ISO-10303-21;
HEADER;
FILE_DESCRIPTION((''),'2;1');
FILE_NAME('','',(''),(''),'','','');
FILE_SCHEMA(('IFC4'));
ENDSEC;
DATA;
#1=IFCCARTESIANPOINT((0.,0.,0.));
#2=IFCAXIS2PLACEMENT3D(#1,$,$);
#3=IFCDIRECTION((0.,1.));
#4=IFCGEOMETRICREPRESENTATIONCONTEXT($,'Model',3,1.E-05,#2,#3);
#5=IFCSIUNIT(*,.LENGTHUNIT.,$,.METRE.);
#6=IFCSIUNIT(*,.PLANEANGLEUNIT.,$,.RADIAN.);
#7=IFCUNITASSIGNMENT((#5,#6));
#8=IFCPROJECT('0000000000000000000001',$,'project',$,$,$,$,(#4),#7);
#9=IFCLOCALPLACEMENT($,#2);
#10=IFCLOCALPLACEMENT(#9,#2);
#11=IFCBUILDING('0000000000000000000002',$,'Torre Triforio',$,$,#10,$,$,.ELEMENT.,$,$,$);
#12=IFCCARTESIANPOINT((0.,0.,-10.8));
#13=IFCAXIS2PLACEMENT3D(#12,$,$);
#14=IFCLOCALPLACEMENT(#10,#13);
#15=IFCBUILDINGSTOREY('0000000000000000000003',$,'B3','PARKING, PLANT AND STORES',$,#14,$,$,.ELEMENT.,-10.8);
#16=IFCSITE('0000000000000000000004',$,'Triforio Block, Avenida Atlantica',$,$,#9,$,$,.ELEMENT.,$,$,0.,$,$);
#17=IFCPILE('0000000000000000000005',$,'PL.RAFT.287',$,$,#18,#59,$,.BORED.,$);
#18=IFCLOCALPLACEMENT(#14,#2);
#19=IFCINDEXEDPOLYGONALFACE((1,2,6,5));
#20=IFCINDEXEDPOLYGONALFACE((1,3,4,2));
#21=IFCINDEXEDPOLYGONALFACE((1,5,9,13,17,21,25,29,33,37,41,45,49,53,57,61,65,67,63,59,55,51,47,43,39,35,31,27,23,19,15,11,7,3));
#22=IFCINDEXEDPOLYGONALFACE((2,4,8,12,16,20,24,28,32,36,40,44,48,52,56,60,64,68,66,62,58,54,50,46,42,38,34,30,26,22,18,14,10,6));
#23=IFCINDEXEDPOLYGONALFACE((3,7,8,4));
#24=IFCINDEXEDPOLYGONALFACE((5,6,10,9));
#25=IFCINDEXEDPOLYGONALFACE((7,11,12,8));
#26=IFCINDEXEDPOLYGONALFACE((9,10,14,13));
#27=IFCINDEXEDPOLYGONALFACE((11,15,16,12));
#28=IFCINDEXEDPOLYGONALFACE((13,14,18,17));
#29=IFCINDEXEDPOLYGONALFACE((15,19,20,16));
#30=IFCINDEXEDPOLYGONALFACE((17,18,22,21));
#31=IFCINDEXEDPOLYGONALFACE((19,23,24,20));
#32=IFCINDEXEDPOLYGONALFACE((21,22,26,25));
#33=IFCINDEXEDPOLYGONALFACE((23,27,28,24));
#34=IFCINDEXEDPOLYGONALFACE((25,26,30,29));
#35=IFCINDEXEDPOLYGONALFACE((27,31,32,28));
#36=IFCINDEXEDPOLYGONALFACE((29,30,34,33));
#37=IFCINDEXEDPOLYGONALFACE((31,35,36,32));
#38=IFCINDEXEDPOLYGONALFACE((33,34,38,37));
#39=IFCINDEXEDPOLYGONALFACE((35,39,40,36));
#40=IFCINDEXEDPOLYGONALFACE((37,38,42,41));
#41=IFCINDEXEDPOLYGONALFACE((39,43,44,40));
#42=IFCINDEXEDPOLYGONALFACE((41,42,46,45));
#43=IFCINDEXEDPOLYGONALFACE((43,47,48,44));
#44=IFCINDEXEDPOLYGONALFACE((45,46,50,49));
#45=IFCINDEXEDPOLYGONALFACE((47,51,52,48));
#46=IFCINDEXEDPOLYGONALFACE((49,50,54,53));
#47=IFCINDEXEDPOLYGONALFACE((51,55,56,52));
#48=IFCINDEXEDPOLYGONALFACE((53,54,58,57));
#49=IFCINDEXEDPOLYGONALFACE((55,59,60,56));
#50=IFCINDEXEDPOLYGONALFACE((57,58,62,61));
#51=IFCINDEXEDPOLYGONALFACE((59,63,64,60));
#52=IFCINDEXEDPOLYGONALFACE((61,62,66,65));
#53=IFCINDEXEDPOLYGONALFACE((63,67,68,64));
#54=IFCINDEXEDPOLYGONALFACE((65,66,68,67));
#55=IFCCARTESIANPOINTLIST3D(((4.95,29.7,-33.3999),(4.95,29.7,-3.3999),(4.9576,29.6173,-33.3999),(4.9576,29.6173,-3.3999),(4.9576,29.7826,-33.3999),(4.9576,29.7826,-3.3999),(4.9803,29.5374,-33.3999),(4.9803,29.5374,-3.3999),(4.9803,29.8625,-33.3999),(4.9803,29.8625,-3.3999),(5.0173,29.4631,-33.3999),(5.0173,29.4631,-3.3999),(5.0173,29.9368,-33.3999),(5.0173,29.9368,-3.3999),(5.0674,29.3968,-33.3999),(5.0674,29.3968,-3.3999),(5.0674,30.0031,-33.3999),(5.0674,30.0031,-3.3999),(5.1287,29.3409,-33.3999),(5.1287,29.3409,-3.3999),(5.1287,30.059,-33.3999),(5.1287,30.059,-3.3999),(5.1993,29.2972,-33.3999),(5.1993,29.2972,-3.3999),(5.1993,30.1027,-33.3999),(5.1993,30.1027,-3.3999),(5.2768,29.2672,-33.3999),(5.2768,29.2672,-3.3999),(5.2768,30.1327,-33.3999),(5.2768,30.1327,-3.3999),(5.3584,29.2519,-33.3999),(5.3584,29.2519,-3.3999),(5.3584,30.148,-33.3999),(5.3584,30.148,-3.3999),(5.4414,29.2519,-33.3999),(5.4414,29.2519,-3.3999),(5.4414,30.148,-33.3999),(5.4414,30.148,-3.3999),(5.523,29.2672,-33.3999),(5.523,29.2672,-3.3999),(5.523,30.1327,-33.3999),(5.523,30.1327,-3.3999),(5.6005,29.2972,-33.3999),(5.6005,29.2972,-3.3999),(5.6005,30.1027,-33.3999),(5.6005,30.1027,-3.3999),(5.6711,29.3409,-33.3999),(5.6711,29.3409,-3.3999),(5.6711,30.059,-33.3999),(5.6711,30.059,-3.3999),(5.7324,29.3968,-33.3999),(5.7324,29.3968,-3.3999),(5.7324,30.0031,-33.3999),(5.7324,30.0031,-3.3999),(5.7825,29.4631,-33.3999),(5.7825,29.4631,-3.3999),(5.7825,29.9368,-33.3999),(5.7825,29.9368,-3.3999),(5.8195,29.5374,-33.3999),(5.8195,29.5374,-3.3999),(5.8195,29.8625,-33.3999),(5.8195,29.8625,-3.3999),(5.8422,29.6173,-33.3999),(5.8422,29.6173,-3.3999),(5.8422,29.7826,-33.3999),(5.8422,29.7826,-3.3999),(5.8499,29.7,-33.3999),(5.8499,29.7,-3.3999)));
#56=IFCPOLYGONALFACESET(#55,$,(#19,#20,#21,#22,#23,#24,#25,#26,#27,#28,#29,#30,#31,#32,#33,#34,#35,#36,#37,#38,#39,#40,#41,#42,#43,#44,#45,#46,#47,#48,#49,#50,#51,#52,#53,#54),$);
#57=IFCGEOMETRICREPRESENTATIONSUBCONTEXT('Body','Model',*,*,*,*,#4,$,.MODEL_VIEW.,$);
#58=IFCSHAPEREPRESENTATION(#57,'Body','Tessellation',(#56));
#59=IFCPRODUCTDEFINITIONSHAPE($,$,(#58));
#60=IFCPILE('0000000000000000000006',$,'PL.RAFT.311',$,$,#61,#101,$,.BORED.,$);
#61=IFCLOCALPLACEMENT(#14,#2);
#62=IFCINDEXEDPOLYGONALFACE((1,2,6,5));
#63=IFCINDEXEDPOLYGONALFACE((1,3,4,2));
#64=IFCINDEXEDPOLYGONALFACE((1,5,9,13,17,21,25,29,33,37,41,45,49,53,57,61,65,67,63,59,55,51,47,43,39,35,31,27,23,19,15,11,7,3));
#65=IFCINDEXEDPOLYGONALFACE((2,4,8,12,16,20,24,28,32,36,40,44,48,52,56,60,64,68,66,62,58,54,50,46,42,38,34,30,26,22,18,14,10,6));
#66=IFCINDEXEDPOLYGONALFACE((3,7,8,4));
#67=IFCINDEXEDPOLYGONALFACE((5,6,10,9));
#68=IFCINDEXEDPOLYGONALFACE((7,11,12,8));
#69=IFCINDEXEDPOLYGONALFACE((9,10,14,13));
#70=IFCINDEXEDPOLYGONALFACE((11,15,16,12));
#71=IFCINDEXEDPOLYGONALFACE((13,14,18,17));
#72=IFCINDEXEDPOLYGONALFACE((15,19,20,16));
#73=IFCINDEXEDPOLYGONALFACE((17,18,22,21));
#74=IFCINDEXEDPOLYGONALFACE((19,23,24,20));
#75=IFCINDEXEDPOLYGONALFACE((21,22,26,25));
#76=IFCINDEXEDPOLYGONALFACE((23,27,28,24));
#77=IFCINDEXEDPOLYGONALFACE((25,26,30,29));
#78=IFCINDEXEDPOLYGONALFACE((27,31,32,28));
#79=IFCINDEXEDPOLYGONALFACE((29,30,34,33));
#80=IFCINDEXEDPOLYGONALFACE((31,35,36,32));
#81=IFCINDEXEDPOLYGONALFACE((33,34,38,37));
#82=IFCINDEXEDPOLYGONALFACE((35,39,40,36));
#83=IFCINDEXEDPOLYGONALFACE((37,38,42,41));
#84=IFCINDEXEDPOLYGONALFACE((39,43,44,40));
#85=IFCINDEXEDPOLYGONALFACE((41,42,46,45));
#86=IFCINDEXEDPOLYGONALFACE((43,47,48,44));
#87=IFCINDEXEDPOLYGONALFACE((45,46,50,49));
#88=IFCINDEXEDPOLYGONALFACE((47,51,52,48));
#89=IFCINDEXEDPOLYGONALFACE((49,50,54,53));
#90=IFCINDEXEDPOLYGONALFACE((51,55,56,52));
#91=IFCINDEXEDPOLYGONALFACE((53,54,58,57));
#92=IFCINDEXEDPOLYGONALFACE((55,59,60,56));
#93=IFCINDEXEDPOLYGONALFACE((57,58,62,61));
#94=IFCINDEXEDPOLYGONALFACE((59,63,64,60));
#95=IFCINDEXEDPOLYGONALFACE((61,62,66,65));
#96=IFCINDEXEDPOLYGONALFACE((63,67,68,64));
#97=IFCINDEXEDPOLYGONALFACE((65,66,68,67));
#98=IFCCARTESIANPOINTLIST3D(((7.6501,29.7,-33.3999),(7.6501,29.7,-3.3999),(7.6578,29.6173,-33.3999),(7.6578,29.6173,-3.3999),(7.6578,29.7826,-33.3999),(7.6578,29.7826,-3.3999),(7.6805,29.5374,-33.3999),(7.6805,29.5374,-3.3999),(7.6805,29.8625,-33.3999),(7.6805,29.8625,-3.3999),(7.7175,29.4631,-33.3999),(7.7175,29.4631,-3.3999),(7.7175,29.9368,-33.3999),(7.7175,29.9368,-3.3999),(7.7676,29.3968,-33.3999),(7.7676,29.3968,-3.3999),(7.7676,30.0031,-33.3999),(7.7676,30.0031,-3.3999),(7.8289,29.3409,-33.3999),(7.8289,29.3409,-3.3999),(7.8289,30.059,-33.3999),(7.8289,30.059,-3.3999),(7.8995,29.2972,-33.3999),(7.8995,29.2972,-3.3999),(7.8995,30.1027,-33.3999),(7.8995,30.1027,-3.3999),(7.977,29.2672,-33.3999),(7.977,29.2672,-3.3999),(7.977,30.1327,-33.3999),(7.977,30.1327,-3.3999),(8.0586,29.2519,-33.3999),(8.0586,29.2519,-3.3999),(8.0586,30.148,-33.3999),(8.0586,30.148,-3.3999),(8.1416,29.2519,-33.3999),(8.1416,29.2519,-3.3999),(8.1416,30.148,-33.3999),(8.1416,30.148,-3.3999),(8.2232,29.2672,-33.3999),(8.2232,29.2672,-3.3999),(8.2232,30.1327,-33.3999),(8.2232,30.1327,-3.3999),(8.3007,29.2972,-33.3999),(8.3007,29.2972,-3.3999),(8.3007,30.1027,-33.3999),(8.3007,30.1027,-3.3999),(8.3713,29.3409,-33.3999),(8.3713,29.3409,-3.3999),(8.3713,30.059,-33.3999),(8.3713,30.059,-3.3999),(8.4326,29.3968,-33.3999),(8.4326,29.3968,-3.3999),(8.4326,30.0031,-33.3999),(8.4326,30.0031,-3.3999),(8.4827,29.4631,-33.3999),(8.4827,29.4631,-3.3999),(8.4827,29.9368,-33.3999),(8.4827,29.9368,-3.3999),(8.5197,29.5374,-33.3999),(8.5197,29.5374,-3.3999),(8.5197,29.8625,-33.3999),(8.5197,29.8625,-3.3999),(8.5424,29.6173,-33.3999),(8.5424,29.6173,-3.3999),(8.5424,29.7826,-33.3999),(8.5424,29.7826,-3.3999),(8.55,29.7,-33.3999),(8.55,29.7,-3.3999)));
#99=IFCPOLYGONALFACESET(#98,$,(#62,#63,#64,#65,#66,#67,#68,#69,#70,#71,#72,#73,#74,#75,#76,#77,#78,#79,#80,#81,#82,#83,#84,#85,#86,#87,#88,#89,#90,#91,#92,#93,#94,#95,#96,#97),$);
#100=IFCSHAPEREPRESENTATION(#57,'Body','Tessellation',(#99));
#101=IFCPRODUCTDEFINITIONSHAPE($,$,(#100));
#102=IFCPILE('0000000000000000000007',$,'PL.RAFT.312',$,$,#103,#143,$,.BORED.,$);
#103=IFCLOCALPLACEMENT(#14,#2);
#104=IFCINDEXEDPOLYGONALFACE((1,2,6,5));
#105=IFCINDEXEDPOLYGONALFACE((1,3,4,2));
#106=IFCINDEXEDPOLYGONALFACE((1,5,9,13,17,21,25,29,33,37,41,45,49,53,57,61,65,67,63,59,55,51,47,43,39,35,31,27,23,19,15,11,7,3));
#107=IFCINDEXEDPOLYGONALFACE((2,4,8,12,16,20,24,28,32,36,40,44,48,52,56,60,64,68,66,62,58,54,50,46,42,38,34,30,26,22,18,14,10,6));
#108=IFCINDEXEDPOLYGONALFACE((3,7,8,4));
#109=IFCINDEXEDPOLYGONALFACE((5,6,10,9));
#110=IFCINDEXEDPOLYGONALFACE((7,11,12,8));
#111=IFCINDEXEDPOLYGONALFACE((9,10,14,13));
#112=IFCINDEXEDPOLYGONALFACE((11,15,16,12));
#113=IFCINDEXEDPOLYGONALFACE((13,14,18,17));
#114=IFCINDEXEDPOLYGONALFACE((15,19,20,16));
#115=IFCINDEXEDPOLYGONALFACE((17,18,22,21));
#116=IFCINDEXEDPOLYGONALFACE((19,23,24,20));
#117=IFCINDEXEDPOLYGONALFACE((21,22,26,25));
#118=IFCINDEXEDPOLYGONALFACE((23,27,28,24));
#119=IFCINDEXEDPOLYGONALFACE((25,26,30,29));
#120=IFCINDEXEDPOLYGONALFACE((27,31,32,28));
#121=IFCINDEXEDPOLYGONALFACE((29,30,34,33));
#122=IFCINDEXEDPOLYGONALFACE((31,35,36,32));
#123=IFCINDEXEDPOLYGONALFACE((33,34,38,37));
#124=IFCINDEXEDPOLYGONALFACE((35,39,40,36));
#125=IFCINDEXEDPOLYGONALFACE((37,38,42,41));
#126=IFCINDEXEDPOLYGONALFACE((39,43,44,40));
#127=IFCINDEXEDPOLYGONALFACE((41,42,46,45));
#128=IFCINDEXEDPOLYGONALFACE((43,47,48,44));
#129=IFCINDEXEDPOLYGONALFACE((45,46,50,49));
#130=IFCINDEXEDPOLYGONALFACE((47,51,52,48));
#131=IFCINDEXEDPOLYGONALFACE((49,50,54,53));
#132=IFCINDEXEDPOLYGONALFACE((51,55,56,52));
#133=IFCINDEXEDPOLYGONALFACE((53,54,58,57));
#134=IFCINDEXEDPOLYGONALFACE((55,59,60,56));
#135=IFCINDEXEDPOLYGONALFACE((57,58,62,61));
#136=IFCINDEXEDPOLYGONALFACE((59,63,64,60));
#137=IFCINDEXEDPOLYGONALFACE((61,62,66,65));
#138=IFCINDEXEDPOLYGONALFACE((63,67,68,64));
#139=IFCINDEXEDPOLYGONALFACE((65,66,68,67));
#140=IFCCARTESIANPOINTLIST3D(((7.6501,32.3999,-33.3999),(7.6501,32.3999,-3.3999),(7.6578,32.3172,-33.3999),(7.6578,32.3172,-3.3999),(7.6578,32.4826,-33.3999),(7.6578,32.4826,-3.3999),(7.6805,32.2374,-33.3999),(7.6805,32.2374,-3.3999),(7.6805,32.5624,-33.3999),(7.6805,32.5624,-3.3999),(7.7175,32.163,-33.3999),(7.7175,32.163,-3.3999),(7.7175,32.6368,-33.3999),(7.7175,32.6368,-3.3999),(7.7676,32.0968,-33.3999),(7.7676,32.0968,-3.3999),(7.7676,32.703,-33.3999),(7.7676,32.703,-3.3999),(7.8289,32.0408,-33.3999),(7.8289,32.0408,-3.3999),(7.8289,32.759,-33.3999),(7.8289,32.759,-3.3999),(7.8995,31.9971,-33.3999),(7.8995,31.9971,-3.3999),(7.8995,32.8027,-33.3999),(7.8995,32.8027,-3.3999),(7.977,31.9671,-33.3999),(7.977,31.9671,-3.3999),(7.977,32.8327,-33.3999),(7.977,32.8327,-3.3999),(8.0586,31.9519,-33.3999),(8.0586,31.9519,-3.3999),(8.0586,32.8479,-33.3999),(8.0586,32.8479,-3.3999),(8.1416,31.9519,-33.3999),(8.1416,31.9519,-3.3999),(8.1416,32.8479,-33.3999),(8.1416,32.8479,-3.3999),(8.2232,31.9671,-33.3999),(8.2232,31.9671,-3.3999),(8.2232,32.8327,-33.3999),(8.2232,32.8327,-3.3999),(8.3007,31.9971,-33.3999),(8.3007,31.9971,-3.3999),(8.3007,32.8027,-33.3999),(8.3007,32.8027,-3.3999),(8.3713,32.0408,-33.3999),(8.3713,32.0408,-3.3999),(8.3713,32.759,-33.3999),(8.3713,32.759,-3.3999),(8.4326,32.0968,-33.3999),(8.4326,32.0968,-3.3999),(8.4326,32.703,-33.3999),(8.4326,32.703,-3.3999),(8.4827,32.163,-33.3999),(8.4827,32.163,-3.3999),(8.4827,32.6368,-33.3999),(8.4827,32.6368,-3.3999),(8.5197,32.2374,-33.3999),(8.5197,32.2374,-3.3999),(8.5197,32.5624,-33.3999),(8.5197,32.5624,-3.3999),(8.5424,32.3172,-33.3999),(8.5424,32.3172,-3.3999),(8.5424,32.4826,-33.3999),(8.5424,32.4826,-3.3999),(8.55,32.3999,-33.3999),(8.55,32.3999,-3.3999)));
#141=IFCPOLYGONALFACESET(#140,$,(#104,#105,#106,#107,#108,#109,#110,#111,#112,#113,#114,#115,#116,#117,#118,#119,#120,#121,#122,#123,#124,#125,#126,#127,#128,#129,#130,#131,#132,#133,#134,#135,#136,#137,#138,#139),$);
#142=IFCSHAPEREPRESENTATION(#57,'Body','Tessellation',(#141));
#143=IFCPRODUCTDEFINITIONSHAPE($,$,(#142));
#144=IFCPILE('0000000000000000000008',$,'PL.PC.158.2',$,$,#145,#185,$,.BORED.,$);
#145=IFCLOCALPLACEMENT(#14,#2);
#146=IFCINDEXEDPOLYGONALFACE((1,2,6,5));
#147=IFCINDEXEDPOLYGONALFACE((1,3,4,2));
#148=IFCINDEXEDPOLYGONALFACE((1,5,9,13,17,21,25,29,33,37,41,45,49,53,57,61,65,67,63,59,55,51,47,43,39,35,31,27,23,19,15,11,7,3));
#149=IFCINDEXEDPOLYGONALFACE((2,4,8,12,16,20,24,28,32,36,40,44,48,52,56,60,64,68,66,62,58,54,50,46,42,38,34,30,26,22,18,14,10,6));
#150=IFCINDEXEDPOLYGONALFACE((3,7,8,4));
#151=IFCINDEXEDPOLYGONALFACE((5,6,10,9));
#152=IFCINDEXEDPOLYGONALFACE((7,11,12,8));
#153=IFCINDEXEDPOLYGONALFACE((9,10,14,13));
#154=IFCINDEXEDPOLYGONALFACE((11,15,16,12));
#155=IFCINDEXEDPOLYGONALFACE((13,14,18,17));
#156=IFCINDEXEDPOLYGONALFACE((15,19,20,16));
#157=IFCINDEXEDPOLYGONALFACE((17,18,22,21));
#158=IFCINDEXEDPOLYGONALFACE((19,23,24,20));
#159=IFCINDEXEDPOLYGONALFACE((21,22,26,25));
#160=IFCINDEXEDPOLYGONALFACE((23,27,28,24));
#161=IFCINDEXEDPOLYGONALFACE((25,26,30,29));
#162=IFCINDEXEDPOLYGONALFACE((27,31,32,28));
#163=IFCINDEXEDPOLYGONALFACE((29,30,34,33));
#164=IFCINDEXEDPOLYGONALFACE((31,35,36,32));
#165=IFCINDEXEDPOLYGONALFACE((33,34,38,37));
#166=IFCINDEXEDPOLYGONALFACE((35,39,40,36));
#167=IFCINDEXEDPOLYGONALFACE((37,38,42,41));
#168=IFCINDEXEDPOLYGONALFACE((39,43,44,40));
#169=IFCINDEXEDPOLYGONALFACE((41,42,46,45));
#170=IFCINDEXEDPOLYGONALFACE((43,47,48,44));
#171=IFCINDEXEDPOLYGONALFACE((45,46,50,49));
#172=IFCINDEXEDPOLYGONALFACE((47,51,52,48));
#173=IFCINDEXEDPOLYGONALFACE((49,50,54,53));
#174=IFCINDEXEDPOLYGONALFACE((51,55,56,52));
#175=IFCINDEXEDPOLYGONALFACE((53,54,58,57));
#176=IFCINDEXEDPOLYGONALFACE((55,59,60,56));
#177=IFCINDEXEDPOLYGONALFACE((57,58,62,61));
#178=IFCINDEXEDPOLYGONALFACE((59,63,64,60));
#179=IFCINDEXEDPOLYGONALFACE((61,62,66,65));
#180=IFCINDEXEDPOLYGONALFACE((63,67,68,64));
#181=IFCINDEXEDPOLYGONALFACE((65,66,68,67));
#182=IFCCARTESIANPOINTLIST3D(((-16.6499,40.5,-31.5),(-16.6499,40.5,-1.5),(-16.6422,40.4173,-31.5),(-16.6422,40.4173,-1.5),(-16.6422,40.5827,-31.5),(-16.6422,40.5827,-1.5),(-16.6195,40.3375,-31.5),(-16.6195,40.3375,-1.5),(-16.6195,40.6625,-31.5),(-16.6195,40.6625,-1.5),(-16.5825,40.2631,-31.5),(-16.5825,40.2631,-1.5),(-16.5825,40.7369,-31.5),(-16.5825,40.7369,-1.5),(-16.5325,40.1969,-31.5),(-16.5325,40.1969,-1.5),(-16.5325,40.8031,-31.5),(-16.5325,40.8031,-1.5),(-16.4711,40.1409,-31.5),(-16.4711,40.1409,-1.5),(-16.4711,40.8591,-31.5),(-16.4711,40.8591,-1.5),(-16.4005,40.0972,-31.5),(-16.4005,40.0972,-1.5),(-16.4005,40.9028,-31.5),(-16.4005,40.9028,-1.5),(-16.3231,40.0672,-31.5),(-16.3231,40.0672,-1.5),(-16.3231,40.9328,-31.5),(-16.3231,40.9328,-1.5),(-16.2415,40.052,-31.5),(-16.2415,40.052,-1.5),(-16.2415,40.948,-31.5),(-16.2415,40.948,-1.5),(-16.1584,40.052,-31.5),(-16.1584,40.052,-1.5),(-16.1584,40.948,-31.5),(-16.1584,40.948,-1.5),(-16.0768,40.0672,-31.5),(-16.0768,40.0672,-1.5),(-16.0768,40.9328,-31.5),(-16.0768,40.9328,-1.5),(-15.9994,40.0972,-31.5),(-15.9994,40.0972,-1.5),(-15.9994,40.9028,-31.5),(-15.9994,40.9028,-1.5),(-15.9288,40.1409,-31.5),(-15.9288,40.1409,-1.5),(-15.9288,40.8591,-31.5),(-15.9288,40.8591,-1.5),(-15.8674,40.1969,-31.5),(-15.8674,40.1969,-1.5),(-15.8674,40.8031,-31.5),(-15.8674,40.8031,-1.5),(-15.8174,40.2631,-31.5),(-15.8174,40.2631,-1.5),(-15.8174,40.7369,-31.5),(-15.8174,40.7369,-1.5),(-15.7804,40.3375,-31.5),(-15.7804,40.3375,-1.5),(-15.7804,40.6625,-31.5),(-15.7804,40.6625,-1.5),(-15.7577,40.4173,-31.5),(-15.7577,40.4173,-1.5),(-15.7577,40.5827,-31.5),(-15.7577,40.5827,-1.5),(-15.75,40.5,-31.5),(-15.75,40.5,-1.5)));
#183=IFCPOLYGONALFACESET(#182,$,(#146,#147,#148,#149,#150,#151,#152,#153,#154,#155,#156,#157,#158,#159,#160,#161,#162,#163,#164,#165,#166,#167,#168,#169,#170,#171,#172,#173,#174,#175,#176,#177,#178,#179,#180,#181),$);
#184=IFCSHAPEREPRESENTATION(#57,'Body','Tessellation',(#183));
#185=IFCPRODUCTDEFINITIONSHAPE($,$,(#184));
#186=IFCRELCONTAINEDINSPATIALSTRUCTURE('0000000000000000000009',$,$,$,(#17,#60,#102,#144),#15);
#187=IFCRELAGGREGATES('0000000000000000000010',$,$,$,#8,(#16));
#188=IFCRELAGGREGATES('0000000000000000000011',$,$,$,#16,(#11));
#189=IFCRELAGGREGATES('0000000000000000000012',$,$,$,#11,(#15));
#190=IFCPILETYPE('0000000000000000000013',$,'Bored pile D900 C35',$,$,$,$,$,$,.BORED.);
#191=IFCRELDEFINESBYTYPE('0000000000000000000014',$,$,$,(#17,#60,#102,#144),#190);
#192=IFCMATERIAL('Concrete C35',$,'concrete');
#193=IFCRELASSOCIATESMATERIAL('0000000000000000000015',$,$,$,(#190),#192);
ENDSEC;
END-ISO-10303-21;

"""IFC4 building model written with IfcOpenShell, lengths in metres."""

from ifc_helpers import new_model, si_unit, direction, frame, origin, origin_2d, place, context, subcontext, project, spatial, circle, extrude, material, material_profile, profile_set, type_object, element, save


model = new_model("IFC4")

# Units and contexts
model_context = context("Model", 3, precision=1e-05, world=origin(), true_north=direction((0.0, 1.0)))
body_context = subcontext(model_context, "Body", "Model", "MODEL_VIEW")
ifc_project = project(units=[si_unit("LENGTHUNIT", "METRE"), si_unit("PLANEANGLEUNIT", "RADIAN")], contexts=[model_context])

# Site, building, storey
site_placement = place(None, origin())
site = spatial("IfcSite", under=ifc_project, at=site_placement, Name="Triforio Block, Avenida Atlantica", CompositionType="ELEMENT", RefElevation=0.0)
building_placement = place(site_placement, origin())
building = spatial("IfcBuilding", under=site, at=building_placement, Name="Torre Triforio", CompositionType="ELEMENT")
storey_placement = place(building_placement, frame((0.0, 0.0, -10.8)))
storey = spatial("IfcBuildingStorey", under=building, at=storey_placement, Name="B3", Description="PARKING, PLANT AND STORES", CompositionType="ELEMENT", Elevation=-10.8)

# Piles
ifc_material_1 = material(Name="Concrete C35", Category="concrete")
ifc_material_profile_1 = material_profile(ifc_material_1, circle(Radius=0.45, at=origin_2d()), Name="RC D900")
ifc_profile_set_1 = profile_set([ifc_material_profile_1], Name="Concrete C35")
pile_type = type_object("IfcPileType", Name="Bored pile D900 C35", PredefinedType="BORED", material=ifc_profile_set_1)
for number, where, z_axis, x_axis, name in (
    (1, (5.3999, 29.7, -3.3999), (0.0, 0.0, -1.0), (1.0, 0.0, 0.0), "PL.RAFT.287"),
    (2, (8.1001, 29.7, -3.3999), (0.0, 0.0, -1.0), (1.0, 0.0, 0.0), "PL.RAFT.311"),
    (3, (8.1001, 32.3999, -3.3999), (0.0, 0.0, -1.0), (1.0, 0.0, 0.0), "PL.RAFT.312"),
    (4, (-16.2, 40.5, -1.5), (0.0, 0.0, -1.0), (1.0, 0.0, 0.0), "PL.PC.158.2"),
):
    element("IfcPile", number, at=place(storey_placement, frame(where, z_axis=z_axis, x_axis=x_axis)), inside=storey, type_object=pile_type, Name=name, PredefinedType="BORED", context=body_context, shape_type="SweptSolid", body=[
        extrude(circle(Radius=0.45, at=origin_2d()), origin(), (0.0, 0.0, 1.0), 30.0),
    ])

save(model, "model.ifc")
